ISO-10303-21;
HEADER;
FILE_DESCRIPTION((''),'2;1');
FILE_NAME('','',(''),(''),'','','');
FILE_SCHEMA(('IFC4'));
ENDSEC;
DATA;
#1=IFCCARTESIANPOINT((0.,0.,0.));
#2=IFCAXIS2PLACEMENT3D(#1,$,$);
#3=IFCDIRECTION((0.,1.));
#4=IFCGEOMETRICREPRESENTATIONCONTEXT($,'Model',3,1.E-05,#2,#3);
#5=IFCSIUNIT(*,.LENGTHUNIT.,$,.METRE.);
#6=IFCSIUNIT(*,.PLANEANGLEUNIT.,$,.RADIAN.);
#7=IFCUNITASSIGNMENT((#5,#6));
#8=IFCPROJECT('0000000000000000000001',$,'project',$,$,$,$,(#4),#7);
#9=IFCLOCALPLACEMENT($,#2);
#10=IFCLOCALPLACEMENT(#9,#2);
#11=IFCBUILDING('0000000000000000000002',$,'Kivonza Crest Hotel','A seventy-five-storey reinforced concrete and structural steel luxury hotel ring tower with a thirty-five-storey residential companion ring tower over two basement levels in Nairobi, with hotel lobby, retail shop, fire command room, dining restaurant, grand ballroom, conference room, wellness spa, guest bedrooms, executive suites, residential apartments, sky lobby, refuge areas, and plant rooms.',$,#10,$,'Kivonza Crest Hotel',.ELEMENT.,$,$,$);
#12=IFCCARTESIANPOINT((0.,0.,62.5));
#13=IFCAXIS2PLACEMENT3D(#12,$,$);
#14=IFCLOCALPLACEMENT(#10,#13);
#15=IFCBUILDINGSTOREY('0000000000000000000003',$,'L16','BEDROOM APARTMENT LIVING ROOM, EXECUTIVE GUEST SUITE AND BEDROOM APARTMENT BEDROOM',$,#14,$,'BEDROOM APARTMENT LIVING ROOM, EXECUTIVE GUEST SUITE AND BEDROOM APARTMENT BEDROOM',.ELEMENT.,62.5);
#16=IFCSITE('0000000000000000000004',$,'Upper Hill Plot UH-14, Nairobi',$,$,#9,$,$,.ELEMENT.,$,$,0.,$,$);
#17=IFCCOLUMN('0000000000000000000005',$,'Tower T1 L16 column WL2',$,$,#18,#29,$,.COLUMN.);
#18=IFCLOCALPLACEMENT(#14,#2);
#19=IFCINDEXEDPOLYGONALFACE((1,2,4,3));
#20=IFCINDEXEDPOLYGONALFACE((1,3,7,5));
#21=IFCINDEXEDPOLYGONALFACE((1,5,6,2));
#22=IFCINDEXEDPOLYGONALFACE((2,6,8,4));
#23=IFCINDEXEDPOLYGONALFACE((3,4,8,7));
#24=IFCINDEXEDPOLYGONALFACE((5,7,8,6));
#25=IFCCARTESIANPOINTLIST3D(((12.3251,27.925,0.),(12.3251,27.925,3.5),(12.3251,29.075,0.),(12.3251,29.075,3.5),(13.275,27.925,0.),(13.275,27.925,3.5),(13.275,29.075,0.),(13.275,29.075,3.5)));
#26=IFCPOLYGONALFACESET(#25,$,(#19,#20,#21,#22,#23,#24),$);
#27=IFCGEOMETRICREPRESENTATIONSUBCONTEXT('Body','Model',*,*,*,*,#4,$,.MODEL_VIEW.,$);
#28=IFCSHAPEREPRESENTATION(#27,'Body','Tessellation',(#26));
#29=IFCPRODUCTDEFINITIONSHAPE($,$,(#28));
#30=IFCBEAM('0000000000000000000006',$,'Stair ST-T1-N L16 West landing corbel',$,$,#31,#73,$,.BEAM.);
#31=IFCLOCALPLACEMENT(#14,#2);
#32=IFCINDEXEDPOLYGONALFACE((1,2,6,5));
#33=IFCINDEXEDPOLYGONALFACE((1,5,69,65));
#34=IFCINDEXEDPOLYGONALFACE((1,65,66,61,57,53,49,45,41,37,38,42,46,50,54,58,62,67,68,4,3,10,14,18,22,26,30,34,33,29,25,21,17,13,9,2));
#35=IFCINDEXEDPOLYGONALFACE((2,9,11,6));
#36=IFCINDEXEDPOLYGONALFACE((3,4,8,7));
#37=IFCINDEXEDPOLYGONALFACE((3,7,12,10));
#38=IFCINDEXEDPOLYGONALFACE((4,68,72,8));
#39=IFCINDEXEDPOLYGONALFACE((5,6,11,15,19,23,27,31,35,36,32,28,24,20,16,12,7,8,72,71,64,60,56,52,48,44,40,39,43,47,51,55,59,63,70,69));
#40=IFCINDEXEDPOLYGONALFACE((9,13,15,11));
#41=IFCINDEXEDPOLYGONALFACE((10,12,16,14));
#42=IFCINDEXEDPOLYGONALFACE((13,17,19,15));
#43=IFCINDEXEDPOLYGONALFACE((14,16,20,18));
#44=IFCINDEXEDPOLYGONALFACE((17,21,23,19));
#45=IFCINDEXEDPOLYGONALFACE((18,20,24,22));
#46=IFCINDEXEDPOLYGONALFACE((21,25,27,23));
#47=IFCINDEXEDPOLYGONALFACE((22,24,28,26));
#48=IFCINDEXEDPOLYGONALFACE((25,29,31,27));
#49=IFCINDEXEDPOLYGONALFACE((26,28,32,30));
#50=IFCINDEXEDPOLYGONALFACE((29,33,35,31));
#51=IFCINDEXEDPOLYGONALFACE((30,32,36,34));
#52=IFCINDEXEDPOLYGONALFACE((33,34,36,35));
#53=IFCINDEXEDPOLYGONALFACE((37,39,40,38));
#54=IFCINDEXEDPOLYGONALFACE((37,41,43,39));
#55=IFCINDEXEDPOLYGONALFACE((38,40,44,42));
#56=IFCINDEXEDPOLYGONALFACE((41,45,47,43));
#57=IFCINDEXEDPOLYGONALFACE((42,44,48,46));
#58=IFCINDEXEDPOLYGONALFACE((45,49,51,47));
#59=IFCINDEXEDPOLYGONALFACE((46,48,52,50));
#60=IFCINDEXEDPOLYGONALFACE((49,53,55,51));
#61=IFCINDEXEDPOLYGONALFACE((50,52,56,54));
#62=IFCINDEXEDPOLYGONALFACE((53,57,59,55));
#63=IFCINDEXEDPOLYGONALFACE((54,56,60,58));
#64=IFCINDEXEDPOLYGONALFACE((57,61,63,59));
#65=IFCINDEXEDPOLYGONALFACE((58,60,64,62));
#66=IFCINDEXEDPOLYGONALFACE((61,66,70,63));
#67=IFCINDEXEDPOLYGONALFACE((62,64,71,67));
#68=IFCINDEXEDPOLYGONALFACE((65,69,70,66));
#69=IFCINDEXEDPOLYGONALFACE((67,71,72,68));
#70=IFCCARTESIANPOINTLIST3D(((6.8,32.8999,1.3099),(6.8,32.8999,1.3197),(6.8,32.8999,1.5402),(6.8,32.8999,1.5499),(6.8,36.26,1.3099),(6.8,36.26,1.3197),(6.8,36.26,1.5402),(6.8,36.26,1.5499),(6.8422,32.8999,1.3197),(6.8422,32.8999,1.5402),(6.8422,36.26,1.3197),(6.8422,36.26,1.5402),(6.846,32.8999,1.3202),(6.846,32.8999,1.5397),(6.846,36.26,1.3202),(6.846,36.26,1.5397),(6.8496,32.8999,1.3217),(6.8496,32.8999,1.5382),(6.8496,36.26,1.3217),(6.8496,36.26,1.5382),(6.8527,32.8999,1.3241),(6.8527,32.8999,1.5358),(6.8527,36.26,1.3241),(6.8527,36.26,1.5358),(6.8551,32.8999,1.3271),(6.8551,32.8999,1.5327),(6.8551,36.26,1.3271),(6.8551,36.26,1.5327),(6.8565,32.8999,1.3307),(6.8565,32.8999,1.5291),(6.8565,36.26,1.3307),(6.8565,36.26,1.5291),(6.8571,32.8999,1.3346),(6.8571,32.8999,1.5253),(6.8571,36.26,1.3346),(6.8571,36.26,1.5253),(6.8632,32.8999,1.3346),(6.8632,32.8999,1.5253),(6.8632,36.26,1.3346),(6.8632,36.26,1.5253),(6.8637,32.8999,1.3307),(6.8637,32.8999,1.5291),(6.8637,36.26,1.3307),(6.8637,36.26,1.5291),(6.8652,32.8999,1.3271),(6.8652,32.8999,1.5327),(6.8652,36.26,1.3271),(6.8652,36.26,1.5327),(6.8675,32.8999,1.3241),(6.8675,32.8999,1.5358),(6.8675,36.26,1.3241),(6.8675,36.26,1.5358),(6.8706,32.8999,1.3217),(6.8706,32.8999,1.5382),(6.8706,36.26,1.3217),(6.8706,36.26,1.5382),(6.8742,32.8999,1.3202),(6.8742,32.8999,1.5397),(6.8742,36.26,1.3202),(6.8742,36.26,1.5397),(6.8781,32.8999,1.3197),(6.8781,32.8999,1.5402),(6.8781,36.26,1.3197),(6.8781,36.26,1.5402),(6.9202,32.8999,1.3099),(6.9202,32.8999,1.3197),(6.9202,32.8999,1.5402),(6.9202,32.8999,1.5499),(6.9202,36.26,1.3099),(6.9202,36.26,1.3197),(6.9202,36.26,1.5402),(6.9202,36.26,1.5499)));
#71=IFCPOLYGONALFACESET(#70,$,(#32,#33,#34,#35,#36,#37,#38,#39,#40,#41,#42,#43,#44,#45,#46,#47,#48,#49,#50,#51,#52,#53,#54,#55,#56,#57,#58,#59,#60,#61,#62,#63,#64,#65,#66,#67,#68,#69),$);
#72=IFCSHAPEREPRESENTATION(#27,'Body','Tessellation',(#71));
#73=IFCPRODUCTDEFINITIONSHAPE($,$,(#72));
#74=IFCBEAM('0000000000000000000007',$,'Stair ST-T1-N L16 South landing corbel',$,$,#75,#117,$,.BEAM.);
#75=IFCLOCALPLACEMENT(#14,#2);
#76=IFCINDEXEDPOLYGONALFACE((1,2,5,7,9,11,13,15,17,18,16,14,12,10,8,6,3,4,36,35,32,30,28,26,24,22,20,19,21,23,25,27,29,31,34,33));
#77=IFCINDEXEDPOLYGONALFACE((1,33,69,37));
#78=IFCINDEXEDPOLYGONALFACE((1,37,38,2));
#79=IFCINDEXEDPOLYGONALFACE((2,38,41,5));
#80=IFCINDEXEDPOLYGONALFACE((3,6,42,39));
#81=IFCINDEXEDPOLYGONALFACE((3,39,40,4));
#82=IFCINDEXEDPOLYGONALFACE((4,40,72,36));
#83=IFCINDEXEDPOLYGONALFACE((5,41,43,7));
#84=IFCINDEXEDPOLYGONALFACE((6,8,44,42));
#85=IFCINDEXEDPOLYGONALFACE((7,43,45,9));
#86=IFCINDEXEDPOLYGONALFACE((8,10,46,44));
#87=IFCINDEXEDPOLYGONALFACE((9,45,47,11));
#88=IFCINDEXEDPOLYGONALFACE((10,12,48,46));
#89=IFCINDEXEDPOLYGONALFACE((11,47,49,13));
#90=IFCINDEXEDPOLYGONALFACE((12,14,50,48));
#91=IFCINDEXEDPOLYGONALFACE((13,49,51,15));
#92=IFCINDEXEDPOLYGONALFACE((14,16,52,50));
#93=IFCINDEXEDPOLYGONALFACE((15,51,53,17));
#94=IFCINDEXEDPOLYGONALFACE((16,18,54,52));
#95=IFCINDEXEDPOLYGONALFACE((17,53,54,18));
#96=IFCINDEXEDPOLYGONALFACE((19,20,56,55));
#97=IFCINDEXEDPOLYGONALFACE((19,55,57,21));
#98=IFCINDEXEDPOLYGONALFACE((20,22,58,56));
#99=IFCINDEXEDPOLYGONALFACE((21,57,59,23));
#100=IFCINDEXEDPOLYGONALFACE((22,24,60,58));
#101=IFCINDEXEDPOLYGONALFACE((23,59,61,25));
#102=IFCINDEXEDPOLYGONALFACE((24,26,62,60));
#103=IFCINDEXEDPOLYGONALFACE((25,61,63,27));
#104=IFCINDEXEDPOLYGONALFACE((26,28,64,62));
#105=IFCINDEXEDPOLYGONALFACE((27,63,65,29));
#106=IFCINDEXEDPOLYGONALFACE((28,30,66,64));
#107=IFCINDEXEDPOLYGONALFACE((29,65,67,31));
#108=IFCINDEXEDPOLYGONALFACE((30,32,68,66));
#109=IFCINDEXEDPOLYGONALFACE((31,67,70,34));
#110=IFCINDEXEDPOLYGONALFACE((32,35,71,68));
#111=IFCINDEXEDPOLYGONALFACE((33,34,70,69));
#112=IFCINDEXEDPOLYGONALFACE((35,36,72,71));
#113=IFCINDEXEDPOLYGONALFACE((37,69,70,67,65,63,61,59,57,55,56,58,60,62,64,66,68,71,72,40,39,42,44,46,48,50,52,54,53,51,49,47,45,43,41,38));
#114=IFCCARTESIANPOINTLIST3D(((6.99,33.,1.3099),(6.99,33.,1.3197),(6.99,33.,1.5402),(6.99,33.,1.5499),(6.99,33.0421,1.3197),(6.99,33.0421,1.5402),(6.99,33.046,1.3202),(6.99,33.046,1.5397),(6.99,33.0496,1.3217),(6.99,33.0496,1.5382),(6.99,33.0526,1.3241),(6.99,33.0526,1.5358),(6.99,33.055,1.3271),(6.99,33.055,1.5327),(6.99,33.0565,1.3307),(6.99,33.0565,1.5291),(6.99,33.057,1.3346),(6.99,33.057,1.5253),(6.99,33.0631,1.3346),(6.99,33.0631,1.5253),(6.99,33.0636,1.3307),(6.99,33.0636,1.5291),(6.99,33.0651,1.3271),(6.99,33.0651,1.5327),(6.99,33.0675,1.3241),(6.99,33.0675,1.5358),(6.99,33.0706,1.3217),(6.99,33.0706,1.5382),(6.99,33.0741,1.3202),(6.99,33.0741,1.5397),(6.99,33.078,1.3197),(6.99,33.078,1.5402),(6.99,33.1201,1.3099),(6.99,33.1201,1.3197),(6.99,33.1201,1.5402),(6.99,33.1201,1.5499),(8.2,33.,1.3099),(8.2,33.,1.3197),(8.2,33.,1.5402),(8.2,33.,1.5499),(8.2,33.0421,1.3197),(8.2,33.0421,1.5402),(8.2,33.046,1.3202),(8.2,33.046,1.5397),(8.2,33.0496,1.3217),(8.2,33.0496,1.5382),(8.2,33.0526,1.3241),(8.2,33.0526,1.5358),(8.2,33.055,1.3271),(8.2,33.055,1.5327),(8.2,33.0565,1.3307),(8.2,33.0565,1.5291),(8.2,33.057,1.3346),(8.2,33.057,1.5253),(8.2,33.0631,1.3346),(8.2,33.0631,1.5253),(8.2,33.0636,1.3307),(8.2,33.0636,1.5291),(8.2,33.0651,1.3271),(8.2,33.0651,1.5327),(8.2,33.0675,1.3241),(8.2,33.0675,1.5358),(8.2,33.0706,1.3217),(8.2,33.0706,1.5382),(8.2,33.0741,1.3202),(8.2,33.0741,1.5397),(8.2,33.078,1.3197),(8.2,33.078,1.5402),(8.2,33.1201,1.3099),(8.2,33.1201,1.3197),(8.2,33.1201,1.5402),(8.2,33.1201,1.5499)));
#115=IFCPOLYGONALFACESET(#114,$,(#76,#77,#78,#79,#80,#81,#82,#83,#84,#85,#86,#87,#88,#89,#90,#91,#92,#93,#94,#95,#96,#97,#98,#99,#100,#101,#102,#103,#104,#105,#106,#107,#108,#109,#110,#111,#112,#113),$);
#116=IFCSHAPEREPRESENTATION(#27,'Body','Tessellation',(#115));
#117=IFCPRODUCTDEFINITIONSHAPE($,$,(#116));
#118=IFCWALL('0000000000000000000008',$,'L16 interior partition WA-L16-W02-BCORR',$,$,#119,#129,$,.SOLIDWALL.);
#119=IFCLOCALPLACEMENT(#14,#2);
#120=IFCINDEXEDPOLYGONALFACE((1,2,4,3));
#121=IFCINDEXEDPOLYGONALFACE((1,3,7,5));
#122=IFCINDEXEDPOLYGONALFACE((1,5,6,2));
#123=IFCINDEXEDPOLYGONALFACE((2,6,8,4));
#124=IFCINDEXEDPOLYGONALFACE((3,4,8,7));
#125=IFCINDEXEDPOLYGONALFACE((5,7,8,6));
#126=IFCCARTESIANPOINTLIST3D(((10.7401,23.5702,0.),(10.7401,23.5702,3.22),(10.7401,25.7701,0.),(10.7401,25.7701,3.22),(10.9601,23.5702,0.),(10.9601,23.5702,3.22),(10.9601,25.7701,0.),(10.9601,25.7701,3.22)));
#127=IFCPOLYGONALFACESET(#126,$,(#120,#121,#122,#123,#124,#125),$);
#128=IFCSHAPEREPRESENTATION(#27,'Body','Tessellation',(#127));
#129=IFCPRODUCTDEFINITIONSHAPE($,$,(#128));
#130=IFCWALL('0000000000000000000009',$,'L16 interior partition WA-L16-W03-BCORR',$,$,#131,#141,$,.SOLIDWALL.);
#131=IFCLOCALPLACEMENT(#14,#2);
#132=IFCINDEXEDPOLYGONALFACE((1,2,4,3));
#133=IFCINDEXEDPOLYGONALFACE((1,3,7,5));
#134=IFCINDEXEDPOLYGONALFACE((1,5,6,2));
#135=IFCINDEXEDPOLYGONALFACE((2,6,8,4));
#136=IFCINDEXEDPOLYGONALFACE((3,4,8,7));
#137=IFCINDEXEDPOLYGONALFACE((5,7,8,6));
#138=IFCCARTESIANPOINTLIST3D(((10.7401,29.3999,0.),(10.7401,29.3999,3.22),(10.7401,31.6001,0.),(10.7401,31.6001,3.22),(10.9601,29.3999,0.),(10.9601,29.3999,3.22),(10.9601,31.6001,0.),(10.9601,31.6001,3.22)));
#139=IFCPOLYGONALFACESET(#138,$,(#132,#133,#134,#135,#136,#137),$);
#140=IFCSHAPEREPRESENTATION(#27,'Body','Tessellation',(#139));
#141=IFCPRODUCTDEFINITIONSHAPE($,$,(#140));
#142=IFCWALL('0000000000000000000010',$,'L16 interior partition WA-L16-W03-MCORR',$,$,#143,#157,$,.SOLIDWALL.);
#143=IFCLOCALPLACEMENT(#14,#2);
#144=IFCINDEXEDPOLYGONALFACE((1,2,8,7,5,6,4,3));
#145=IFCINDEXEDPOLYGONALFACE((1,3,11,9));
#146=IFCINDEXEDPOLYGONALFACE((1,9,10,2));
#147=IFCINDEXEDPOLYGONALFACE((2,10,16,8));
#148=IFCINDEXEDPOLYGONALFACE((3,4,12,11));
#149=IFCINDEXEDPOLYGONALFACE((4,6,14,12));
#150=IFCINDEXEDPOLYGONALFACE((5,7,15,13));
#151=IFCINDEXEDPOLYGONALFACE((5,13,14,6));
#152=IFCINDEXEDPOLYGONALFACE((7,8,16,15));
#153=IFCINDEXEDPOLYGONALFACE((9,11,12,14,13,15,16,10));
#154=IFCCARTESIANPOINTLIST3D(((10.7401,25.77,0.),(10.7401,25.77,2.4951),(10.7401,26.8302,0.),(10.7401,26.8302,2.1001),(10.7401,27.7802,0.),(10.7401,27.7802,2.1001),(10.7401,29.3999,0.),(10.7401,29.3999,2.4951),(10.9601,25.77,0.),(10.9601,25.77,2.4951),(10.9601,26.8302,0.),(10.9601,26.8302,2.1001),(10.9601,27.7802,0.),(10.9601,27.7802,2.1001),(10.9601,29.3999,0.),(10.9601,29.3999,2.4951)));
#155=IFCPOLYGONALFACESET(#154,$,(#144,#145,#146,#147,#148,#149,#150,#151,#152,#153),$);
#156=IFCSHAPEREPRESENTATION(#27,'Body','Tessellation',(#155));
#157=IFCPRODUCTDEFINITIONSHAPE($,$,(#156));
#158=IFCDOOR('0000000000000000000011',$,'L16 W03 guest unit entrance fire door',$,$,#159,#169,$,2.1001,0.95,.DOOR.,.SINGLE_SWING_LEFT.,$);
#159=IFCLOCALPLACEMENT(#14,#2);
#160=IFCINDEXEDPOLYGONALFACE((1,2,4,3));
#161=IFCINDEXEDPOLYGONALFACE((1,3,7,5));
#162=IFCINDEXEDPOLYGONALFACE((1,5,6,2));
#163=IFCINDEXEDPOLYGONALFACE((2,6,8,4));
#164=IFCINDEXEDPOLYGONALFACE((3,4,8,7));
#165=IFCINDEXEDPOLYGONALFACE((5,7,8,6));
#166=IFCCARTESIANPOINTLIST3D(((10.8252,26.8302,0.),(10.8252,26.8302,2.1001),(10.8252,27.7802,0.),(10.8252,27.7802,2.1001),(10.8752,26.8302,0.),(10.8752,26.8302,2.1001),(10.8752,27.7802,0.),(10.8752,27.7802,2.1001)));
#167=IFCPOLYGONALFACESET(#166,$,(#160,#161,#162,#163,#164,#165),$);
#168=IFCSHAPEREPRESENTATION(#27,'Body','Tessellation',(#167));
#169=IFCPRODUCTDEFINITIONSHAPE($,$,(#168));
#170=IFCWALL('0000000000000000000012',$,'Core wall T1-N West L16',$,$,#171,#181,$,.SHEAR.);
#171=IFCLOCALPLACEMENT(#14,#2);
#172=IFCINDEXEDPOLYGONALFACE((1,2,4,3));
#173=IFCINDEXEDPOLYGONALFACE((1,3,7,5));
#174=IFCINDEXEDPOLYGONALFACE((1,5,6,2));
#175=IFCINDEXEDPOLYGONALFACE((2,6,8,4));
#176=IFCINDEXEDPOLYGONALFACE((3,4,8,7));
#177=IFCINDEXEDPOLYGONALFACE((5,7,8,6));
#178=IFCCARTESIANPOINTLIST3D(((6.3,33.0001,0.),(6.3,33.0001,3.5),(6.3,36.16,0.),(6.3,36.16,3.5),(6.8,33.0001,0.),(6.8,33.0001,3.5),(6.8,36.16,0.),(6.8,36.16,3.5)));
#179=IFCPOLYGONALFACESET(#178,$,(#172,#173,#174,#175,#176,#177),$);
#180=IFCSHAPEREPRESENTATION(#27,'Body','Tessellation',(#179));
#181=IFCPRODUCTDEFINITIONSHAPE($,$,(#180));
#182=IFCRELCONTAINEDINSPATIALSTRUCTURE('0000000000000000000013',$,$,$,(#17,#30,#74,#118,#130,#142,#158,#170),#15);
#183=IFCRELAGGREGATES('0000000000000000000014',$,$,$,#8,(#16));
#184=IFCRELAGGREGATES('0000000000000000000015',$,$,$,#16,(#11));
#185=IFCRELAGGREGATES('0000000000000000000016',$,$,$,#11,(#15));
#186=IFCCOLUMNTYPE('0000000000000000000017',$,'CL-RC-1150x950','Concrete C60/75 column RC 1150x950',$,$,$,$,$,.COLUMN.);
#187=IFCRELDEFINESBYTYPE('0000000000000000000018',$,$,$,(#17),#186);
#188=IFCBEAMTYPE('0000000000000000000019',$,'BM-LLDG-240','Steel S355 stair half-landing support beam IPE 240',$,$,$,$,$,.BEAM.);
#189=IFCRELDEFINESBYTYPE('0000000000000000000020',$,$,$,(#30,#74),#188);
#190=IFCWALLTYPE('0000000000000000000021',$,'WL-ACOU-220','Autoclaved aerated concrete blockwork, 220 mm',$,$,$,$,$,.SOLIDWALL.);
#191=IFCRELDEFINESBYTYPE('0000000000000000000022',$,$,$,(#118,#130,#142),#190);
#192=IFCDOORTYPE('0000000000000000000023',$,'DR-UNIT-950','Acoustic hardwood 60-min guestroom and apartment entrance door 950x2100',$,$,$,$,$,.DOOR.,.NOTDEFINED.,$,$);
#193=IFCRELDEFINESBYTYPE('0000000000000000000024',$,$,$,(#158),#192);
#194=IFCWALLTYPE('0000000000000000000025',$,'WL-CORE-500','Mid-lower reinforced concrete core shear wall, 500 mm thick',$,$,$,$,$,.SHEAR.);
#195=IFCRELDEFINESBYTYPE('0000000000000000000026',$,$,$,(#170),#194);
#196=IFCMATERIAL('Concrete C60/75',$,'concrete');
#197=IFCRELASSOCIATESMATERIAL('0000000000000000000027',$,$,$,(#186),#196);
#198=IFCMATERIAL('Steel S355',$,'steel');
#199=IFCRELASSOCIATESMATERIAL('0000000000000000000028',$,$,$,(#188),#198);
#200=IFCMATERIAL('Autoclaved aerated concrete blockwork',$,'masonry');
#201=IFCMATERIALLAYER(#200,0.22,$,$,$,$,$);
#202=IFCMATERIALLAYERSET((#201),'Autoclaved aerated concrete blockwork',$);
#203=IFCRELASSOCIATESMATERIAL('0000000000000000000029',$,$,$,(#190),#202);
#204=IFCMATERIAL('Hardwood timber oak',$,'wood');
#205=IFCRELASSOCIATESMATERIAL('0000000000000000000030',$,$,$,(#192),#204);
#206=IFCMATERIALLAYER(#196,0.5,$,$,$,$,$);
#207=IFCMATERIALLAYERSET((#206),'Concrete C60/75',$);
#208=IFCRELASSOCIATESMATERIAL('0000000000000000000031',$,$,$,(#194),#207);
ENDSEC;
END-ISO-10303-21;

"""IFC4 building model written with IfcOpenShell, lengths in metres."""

from ifc_helpers import new_model, si_unit, direction, frame, frame_2d, origin, origin_2d, place, context, subcontext, project, spatial, rectangle, i_section, extrude, material, layer, layer_set, material_profile, profile_set, type_object, element, fill, save


model = new_model("IFC4")

# Units and contexts
model_context = context("Model", 3, precision=1e-05, world=origin(), true_north=direction((0.0, 1.0)))
body_context = subcontext(model_context, "Body", "Model", "MODEL_VIEW")
ifc_project = project(units=[si_unit("LENGTHUNIT", "METRE"), si_unit("PLANEANGLEUNIT", "RADIAN")], contexts=[model_context])

# Site, building, storey
site_placement = place(None, origin())
site = spatial("IfcSite", under=ifc_project, at=site_placement, Name="Upper Hill Plot UH-14, Nairobi", CompositionType="ELEMENT", RefElevation=0.0)
building_placement = place(site_placement, origin())
building = spatial("IfcBuilding", under=site, at=building_placement, Name="Kivonza Crest Hotel", Description="A seventy-five-storey reinforced concrete and structural steel luxury hotel ring tower with a thirty-five-storey residential companion ring tower over two basement levels in Nairobi, with hotel lobby, retail shop, fire command room, dining restaurant, grand ballroom, conference room, wellness spa, guest bedrooms, executive suites, residential apartments, sky lobby, refuge areas, and plant rooms.", LongName="Kivonza Crest Hotel", CompositionType="ELEMENT")
storey_placement = place(building_placement, frame((0.0, 0.0, 62.5)))
storey = spatial("IfcBuildingStorey", under=building, at=storey_placement, Name="L16", Description="BEDROOM APARTMENT LIVING ROOM, EXECUTIVE GUEST SUITE AND BEDROOM APARTMENT BEDROOM", LongName="BEDROOM APARTMENT LIVING ROOM, EXECUTIVE GUEST SUITE AND BEDROOM APARTMENT BEDROOM", CompositionType="ELEMENT", Elevation=62.5)

# Column
ifc_material_1 = material(Name="Concrete C60/75", Category="concrete")
ifc_material_profile_1 = material_profile(ifc_material_1, rectangle(XDim=0.95, YDim=1.1499, at=origin_2d()), Name="RC 1150x950")
ifc_profile_set_1 = profile_set([ifc_material_profile_1], Name="Concrete C60/75")
column_type = type_object("IfcColumnType", Name="CL-RC-1150x950", Description="Concrete C60/75 column RC 1150x950", PredefinedType="COLUMN", material=ifc_profile_set_1)
column_placement = place(storey_placement, frame((12.8, 28.5, 0.0), z_axis=(0.0, 0.0, 1.0), x_axis=(1.0, 0.0, 0.0)))
element("IfcColumn", 1, at=column_placement, inside=storey, type_object=column_type, Name="Tower T1 L16 column WL2", PredefinedType="COLUMN", context=body_context, shape_type="SweptSolid", body=[
    extrude(rectangle(XDim=0.95, YDim=1.1499, at=origin_2d()), origin(), (0.0, 0.0, 1.0), 3.5),
])

# Beams
ifc_material_2 = material(Name="Steel S355", Category="steel")
ifc_material_profile_2 = material_profile(ifc_material_2, i_section(OverallWidth=0.1201, OverallDepth=0.24, WebThickness=0.0061, FlangeThickness=0.0098, FilletRadius=0.0149, at=origin_2d()), Name="IPE 240")
ifc_profile_set_2 = profile_set([ifc_material_profile_2], Name="Steel S355")
beam_type = type_object("IfcBeamType", Name="BM-LLDG-240", Description="Steel S355 stair half-landing support beam IPE 240", PredefinedType="BEAM", material=ifc_profile_set_2)
beam_1_placement = place(storey_placement, frame((6.8601, 32.8999, 1.4299), z_axis=(0.0, 1.0, 0.0), x_axis=(-1.0, 0.0, 0.0)))
element("IfcBeam", 2, at=beam_1_placement, inside=storey, type_object=beam_type, Name="Stair ST-T1-N L16 West landing corbel", PredefinedType="BEAM", context=body_context, shape_type="SweptSolid", body=[
    extrude(i_section(OverallWidth=0.1201, OverallDepth=0.24, WebThickness=0.0061, FlangeThickness=0.0098, FilletRadius=0.0149, at=origin_2d()), origin(), (0.0, 0.0, 1.0), 3.3601),
])
beam_2_placement = place(storey_placement, frame((6.99, 33.0601, 1.4299), z_axis=(1.0, 0.0, 0.0), x_axis=(0.0, 1.0, 0.0)))
element("IfcBeam", 3, at=beam_2_placement, inside=storey, type_object=beam_type, Name="Stair ST-T1-N L16 South landing corbel", PredefinedType="BEAM", context=body_context, shape_type="SweptSolid", body=[
    extrude(i_section(OverallWidth=0.1201, OverallDepth=0.24, WebThickness=0.0061, FlangeThickness=0.0098, FilletRadius=0.0149, at=origin_2d()), origin(), (0.0, 0.0, 1.0), 1.21),
])

# Walls
ifc_material_3 = material(Name="Autoclaved aerated concrete blockwork", Category="masonry")
ifc_layer_1 = layer(ifc_material_3, 0.22)
ifc_layer_set_1 = layer_set([ifc_layer_1], Name="Autoclaved aerated concrete blockwork")
wall_type_1 = type_object("IfcWallType", Name="WL-ACOU-220", Description="Autoclaved aerated concrete blockwork, 220 mm", PredefinedType="SOLIDWALL", material=ifc_layer_set_1)
wall_1_placement = place(storey_placement, frame((10.8501, 23.5701, 0.0), z_axis=(0.0, 0.0, 1.0), x_axis=(0.0, 1.0, 0.0)))
element("IfcWall", 4, at=wall_1_placement, inside=storey, type_object=wall_type_1, Name="L16 interior partition WA-L16-W02-BCORR", PredefinedType="SOLIDWALL", context=body_context, shape_type="SweptSolid", body=[
    extrude(rectangle(XDim=2.2, YDim=0.22, at=frame_2d((1.1001, 0.0))), origin(), (0.0, 0.0, 1.0), 3.22),
])
wall_2_placement = place(storey_placement, frame((10.8501, 29.3999, 0.0), z_axis=(0.0, 0.0, 1.0), x_axis=(0.0, 1.0, 0.0)))
element("IfcWall", 5, at=wall_2_placement, inside=storey, type_object=wall_type_1, Name="L16 interior partition WA-L16-W03-BCORR", PredefinedType="SOLIDWALL", context=body_context, shape_type="SweptSolid", body=[
    extrude(rectangle(XDim=2.2002, YDim=0.22, at=frame_2d((1.1001, 0.0))), origin(), (0.0, 0.0, 1.0), 3.22),
])

# Wall, opening, door
wall_3_placement = place(storey_placement, frame((10.8501, 25.77, 0.0), z_axis=(0.0, 0.0, 1.0), x_axis=(0.0, 1.0, 0.0)))
wall_3 = element("IfcWall", 6, at=wall_3_placement, inside=storey, type_object=wall_type_1, Name="L16 interior partition WA-L16-W03-MCORR", PredefinedType="SOLIDWALL", context=body_context, shape_type="SweptSolid", body=[
    extrude(rectangle(XDim=3.6299, YDim=0.22, at=frame_2d((1.8149, 0.0))), origin(), (0.0, 0.0, 1.0), 2.4951),
])
opening_1_placement = place(wall_3_placement, frame((1.0601, 0.0, 0.0)))
opening_1 = element("IfcOpeningElement", 7, at=opening_1_placement, cuts=wall_3, PredefinedType="OPENING", context=body_context, shape_type="SweptSolid", body=[
    extrude(rectangle(XDim=0.95, YDim=2.1001, at=frame_2d((0.4751, 1.05))), frame((0.0, 0.1201, 0.0), z_axis=(0.0, -1.0, 0.0), x_axis=(1.0, 0.0, 0.0)), (0.0, 0.0, 1.0), 0.24),
])
ifc_material_4 = material(Name="Hardwood timber oak", Category="wood")
door_type_1 = type_object("IfcDoorType", Name="DR-UNIT-950", Description="Acoustic hardwood 60-min guestroom and apartment entrance door 950x2100", OperationType="NOTDEFINED", PredefinedType="DOOR", material=ifc_material_4)
door_1_placement = place(opening_1_placement, origin())
door_1 = element("IfcDoor", 8, at=door_1_placement, inside=storey, type_object=door_type_1, Name="L16 W03 guest unit entrance fire door", OperationType="SINGLE_SWING_LEFT", OverallHeight=2.1001, OverallWidth=0.95, PredefinedType="DOOR", context=body_context, shape_type="SweptSolid", body=[
    extrude(rectangle(XDim=0.95, YDim=2.1001, at=frame_2d((0.4751, 1.05))), frame((0.0, 0.0249, 0.0), z_axis=(0.0, -1.0, 0.0), x_axis=(1.0, 0.0, 0.0)), (0.0, 0.0, 1.0), 0.05),
])
fill(opening_1, door_1)

# Wall
ifc_layer_2 = layer(ifc_material_1, 0.5)
ifc_layer_set_2 = layer_set([ifc_layer_2], Name="Concrete C60/75")
wall_type_2 = type_object("IfcWallType", Name="WL-CORE-500", Description="Mid-lower reinforced concrete core shear wall, 500 mm thick", PredefinedType="SHEAR", material=ifc_layer_set_2)
wall_4_placement = place(storey_placement, frame((6.55, 33.0, 0.0), z_axis=(0.0, 0.0, 1.0), x_axis=(0.0, 1.0, 0.0)))
element("IfcWall", 9, at=wall_4_placement, inside=storey, type_object=wall_type_2, Name="Core wall T1-N West L16", PredefinedType="SHEAR", context=body_context, shape_type="SweptSolid", body=[
    extrude(rectangle(XDim=3.1599, YDim=0.5, at=frame_2d((1.5801, 0.0))), origin(), (0.0, 0.0, 1.0), 3.5),
])

save(model, "model.ifc")
